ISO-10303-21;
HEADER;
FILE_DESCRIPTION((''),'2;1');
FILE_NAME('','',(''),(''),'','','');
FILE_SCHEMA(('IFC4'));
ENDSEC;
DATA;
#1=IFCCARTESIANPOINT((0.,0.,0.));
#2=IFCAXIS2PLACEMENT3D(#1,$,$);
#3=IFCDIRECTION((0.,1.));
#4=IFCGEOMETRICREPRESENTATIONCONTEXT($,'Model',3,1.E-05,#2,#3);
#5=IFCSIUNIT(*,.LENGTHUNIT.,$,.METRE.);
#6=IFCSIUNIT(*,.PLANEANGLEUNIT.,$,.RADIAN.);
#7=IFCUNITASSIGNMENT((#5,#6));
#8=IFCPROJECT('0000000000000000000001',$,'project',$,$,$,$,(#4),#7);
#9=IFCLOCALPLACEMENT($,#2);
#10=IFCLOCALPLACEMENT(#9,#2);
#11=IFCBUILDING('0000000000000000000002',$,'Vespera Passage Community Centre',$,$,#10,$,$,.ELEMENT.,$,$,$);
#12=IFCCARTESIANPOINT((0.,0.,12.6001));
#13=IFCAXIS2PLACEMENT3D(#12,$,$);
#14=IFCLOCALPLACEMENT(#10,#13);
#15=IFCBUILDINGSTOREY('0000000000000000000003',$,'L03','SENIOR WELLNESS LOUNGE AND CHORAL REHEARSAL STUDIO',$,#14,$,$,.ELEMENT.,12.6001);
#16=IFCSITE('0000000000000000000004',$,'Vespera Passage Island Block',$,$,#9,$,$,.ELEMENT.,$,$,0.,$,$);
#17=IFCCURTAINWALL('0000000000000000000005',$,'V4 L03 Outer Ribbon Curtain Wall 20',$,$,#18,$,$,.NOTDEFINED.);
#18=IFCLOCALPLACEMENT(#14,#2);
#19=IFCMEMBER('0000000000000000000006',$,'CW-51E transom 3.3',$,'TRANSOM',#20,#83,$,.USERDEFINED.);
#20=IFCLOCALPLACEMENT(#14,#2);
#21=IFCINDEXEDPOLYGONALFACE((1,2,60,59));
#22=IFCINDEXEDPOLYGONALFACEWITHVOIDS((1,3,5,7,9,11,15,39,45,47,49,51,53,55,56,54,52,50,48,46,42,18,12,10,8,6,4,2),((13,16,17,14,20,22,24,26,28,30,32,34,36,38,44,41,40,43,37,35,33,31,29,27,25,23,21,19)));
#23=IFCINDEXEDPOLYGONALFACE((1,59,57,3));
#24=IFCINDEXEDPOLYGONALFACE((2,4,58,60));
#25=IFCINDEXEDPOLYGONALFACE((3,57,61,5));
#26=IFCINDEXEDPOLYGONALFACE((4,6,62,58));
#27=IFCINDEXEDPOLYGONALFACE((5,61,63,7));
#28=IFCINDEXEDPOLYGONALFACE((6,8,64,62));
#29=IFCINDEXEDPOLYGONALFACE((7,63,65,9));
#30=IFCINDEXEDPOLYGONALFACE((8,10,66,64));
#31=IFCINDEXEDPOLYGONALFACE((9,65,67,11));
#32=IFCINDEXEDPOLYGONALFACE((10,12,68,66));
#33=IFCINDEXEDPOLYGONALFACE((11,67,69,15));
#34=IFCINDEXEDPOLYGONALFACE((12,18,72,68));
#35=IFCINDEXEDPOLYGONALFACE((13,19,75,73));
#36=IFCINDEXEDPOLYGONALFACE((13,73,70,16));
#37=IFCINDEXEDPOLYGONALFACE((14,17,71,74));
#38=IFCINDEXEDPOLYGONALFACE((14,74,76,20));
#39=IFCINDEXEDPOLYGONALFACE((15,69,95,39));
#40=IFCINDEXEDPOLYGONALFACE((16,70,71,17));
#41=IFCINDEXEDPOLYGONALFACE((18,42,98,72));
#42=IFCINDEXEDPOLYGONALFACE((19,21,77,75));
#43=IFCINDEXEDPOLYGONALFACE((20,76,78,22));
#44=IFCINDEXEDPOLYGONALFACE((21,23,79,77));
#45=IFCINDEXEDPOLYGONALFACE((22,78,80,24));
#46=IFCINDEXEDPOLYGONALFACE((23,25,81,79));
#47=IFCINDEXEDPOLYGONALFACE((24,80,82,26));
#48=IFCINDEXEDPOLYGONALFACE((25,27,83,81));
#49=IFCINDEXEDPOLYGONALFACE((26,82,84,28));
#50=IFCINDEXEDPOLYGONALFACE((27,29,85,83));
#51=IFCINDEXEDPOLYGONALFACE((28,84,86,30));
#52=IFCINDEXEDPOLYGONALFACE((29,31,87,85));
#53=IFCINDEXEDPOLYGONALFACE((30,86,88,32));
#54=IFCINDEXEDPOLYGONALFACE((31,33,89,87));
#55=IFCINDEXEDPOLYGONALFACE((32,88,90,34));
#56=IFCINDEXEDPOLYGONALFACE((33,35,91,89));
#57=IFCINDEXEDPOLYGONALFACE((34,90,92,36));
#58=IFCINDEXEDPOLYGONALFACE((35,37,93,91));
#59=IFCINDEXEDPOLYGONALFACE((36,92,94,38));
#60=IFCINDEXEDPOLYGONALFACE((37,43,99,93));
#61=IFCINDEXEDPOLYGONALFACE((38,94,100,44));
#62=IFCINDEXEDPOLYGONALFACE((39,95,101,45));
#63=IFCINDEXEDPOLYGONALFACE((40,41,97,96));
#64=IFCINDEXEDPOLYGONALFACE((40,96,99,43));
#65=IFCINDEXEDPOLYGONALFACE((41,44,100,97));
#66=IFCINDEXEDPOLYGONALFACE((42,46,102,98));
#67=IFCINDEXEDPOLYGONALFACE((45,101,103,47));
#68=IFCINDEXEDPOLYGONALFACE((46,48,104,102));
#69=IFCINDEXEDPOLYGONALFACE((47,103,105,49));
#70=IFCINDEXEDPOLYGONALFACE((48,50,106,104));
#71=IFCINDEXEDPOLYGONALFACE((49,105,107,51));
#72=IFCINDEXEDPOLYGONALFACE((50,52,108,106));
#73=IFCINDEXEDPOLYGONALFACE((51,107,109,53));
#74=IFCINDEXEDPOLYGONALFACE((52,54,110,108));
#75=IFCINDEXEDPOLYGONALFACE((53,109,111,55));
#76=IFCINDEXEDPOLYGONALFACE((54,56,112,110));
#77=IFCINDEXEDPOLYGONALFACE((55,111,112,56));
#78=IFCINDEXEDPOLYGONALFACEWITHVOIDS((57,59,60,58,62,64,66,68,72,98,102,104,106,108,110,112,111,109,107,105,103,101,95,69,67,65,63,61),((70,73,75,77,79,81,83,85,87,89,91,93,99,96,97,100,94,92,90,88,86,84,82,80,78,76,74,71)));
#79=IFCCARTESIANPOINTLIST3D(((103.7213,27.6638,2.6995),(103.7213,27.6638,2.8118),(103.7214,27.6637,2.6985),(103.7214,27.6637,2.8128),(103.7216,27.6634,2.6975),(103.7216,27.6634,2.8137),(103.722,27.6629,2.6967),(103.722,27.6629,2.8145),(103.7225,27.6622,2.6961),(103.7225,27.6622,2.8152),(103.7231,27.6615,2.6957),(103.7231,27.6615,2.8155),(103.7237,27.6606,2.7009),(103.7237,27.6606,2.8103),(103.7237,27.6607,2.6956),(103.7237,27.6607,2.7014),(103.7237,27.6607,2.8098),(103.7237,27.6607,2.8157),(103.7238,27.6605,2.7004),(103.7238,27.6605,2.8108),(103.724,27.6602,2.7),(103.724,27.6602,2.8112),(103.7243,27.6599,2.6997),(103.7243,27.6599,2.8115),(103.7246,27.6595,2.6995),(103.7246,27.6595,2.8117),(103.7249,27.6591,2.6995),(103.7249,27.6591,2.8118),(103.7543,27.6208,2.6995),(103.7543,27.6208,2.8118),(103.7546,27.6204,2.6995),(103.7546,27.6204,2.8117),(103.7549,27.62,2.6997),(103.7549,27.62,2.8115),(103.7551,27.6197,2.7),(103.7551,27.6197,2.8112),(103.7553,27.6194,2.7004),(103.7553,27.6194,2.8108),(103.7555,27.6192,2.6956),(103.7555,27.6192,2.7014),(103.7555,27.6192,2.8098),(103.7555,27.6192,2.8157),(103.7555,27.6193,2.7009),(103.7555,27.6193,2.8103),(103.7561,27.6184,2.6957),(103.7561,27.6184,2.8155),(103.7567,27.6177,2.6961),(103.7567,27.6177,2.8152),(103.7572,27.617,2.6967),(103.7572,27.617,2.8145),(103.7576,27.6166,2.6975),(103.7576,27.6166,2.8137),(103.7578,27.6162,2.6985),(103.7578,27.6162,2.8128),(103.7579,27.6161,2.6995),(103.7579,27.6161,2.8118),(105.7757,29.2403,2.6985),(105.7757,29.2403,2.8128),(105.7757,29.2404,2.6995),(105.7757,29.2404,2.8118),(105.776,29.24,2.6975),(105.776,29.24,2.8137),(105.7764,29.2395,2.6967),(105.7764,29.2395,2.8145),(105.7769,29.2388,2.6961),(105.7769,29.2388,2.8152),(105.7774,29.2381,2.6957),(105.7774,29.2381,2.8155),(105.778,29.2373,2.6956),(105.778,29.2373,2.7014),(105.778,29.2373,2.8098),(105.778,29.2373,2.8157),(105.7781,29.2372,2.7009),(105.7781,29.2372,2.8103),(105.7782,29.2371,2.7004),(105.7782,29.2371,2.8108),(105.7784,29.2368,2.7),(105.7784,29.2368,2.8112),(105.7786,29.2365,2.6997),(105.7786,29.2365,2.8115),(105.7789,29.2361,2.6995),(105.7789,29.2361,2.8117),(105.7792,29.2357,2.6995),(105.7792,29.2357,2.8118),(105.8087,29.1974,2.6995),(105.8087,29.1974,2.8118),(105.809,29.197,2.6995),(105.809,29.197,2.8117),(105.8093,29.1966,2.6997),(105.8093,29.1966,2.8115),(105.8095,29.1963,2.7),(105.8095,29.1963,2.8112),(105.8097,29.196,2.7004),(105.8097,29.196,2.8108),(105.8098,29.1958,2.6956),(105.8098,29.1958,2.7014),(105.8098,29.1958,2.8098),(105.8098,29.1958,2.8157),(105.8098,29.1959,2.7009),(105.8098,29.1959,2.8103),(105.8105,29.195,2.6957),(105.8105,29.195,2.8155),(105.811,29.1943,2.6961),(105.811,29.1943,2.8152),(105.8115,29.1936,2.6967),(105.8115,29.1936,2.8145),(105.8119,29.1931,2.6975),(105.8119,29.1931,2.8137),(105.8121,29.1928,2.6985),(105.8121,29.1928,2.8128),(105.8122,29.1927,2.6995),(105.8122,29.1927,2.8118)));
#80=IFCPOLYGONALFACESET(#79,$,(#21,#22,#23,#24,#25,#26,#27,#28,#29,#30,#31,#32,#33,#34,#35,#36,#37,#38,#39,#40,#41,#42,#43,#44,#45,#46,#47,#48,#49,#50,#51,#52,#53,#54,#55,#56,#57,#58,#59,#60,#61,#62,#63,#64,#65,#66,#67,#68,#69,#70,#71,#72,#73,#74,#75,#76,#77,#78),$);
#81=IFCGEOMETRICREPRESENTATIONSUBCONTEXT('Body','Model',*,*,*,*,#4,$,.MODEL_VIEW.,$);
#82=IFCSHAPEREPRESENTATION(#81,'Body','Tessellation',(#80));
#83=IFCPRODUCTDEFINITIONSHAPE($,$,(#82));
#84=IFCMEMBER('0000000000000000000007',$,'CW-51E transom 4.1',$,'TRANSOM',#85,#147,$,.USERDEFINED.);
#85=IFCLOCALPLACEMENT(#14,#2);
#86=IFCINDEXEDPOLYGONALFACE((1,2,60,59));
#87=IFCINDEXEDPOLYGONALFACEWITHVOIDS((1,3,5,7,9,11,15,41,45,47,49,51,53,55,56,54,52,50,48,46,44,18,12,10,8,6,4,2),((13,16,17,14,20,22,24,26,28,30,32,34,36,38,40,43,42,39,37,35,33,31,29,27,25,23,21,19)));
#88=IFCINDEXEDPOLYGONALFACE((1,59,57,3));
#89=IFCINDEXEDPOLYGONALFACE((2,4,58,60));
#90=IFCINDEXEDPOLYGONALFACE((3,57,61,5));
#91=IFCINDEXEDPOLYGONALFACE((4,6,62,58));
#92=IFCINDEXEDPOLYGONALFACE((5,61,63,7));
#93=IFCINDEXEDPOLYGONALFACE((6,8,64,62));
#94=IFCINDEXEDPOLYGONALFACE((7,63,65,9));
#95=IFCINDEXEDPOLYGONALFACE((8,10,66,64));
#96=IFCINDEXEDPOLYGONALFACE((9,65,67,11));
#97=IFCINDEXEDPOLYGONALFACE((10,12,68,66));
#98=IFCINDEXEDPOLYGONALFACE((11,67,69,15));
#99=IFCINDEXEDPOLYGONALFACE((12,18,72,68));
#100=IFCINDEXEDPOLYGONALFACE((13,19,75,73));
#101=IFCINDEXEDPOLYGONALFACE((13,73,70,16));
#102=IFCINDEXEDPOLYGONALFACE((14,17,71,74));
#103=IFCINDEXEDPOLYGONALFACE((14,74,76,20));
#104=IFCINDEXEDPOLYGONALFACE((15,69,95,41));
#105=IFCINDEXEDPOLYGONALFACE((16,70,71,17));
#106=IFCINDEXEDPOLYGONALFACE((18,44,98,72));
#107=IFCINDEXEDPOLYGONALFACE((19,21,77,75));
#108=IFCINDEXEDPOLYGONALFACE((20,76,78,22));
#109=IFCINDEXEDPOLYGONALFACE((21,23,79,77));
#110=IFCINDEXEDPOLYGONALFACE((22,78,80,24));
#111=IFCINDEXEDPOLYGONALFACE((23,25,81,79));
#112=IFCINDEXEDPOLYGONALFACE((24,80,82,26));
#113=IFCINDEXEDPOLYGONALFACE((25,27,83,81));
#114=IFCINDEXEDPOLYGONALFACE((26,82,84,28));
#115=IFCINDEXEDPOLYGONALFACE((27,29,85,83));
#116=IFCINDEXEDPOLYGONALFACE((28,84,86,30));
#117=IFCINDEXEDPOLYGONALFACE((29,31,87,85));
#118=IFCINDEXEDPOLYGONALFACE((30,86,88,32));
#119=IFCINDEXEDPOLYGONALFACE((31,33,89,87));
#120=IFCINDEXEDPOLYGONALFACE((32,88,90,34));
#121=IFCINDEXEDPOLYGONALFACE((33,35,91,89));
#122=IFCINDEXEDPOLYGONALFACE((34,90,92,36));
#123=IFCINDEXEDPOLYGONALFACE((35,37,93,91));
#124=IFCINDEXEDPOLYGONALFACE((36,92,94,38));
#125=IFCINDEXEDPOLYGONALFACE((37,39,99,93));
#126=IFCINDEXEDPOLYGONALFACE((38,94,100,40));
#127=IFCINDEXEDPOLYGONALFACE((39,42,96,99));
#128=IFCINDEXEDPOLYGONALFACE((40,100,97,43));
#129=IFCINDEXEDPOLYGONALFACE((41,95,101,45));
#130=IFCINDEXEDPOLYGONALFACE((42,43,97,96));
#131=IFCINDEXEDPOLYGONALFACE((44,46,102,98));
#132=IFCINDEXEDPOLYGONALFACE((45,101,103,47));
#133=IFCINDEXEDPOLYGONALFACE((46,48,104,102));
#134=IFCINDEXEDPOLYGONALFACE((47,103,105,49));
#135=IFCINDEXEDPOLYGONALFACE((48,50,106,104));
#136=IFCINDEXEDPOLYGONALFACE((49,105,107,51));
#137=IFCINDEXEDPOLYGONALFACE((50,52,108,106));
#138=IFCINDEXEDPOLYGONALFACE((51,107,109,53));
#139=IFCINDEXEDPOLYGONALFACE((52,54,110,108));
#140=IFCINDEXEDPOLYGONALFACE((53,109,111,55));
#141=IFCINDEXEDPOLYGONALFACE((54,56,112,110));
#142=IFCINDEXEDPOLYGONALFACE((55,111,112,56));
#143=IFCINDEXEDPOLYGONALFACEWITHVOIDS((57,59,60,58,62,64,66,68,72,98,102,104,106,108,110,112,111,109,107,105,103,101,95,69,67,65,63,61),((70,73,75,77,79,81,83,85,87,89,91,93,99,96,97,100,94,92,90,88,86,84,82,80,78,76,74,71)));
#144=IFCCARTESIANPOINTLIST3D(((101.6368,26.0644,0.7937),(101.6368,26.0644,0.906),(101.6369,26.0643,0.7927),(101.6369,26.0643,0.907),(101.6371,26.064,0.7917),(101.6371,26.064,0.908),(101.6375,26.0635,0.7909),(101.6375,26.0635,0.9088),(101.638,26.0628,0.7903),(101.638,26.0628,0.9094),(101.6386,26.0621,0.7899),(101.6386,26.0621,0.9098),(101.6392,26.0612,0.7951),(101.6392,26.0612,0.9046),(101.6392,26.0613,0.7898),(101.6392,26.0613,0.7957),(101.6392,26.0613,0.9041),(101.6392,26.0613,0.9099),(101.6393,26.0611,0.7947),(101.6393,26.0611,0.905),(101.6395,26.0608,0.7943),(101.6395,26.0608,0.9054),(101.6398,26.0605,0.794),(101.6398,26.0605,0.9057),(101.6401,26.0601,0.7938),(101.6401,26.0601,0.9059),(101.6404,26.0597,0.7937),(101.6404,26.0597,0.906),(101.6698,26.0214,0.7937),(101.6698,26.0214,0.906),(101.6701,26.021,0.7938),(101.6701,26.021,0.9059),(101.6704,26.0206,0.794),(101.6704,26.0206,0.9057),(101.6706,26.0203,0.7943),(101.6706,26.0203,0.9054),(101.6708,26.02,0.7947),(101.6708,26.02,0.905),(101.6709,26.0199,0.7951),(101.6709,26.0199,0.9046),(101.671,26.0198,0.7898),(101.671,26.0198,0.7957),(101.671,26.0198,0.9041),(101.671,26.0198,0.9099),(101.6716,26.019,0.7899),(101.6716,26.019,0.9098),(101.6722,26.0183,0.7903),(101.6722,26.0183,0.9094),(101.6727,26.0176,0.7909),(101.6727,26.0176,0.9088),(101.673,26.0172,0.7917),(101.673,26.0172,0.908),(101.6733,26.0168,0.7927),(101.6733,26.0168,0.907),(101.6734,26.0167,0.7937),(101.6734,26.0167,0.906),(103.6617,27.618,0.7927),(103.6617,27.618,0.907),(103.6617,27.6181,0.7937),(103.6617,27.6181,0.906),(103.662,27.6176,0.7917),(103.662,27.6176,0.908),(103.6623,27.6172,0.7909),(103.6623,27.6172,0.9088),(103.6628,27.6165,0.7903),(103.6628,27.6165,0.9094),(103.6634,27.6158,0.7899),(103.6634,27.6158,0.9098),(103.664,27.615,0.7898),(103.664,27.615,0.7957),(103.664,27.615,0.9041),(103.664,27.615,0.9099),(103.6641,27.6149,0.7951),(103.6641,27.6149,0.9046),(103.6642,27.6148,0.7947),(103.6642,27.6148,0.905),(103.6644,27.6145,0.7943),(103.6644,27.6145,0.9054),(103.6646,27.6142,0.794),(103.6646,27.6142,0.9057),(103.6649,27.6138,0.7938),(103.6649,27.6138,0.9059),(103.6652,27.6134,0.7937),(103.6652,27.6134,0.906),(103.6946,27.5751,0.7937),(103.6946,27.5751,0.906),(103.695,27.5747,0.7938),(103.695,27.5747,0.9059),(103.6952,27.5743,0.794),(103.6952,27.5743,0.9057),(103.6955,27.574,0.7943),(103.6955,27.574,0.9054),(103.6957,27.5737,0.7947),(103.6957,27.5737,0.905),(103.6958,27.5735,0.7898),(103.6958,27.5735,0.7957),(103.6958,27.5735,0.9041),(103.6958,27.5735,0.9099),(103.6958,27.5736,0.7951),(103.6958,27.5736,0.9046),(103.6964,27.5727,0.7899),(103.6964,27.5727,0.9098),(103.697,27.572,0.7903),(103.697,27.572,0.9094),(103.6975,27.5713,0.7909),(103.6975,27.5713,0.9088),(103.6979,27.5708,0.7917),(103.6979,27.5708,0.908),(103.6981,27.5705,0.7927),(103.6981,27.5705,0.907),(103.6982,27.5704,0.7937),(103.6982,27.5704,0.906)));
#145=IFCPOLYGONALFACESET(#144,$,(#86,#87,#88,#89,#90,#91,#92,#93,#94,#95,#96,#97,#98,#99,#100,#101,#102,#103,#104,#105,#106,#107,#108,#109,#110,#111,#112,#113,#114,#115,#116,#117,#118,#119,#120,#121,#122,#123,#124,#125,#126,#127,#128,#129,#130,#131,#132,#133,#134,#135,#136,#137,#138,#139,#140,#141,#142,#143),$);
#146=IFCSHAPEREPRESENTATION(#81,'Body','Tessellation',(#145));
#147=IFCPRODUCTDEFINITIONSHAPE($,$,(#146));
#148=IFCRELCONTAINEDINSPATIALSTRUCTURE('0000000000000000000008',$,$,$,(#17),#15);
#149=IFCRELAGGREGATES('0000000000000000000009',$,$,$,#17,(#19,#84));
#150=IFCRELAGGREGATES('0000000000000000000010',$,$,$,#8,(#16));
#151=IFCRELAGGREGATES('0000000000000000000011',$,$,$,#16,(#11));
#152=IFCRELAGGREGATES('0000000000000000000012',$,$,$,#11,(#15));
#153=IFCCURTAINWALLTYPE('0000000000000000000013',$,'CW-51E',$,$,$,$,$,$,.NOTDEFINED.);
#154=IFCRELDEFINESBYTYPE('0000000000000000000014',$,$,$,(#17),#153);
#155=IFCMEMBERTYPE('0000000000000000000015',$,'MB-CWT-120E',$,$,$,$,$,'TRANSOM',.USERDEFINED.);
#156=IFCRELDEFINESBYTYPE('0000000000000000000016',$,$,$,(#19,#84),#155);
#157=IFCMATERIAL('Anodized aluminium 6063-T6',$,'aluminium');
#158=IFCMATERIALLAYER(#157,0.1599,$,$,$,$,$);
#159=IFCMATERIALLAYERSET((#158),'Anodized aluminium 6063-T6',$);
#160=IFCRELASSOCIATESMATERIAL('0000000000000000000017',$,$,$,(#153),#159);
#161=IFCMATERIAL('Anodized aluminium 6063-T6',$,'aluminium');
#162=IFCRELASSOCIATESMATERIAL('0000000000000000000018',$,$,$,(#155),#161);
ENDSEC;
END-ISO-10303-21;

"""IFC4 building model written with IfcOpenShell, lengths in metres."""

from ifc_helpers import new_model, si_unit, direction, frame, origin, origin_2d, place, context, subcontext, project, spatial, hollow_rectangle, extrude, material, layer, layer_set, material_profile, profile_set, type_object, element, aggregate, save


model = new_model("IFC4")

# Units and contexts
model_context = context("Model", 3, precision=1e-05, world=origin(), true_north=direction((0.0, 1.0)))
body_context = subcontext(model_context, "Body", "Model", "MODEL_VIEW")
ifc_project = project(units=[si_unit("LENGTHUNIT", "METRE"), si_unit("PLANEANGLEUNIT", "RADIAN")], contexts=[model_context])

# Site, building, storey
site_placement = place(None, origin())
site = spatial("IfcSite", under=ifc_project, at=site_placement, Name="Vespera Passage Island Block", CompositionType="ELEMENT", RefElevation=0.0)
building_placement = place(site_placement, origin())
building = spatial("IfcBuilding", under=site, at=building_placement, Name="Vespera Passage Community Centre", CompositionType="ELEMENT")
storey_placement = place(building_placement, frame((0.0, 0.0, 12.6001)))
storey = spatial("IfcBuildingStorey", under=building, at=storey_placement, Name="L03", Description="SENIOR WELLNESS LOUNGE AND CHORAL REHEARSAL STUDIO", CompositionType="ELEMENT", Elevation=12.6001)

# Curtain wall, members
ifc_material_1 = material(Name="Anodized aluminium 6063-T6", Category="aluminium")
ifc_layer_1 = layer(ifc_material_1, 0.1599)
ifc_layer_set_1 = layer_set([ifc_layer_1], Name="Anodized aluminium 6063-T6")
curtain_wall_type = type_object("IfcCurtainWallType", Name="CW-51E", PredefinedType="NOTDEFINED", material=ifc_layer_set_1)
curtain_wall_placement = place(storey_placement, origin())
curtain_wall = element("IfcCurtainWall", 1, at=curtain_wall_placement, inside=storey, type_object=curtain_wall_type, Name="V4 L03 Outer Ribbon Curtain Wall 20", PredefinedType="NOTDEFINED")
ifc_material_2 = material(Name="Anodized aluminium 6063-T6", Category="aluminium")
ifc_material_profile_1 = material_profile(ifc_material_2, hollow_rectangle(XDim=0.0601, YDim=0.1201, WallThickness=0.0039, InnerFilletRadius=0.002, OuterFilletRadius=0.0039, at=origin_2d()), Name="ALU120X60X4")
ifc_profile_set_1 = profile_set([ifc_material_profile_1], Name="Anodized aluminium 6063-T6")
member_type_1 = type_object("IfcMemberType", Name="MB-CWT-120E", ElementType="TRANSOM", PredefinedType="USERDEFINED", material=ifc_profile_set_1)
member_1_placement = place(storey_placement, frame((105.7939, 29.2166, 2.7556), z_axis=(-0.79331, -0.608817, 0.0), x_axis=(0.608817, -0.79331, 0.0)))
member_1 = element("IfcMember", 2, at=member_1_placement, type_object=member_type_1, Name="CW-51E transom 3.3", ObjectType="TRANSOM", PredefinedType="USERDEFINED", context=body_context, shape_type="SweptSolid", body=[
    extrude(hollow_rectangle(XDim=0.0601, YDim=0.1201, WallThickness=0.0039, InnerFilletRadius=0.002, OuterFilletRadius=0.0039, at=origin_2d()), origin(), (0.0, 0.0, 1.0), 2.5896),
])
member_2_placement = place(storey_placement, frame((103.6799, 27.5942, 0.8499), z_axis=(-0.793363, -0.608749, 0.0), x_axis=(0.608749, -0.793363, 0.0)))
member_2 = element("IfcMember", 3, at=member_2_placement, type_object=member_type_1, Name="CW-51E transom 4.1", ObjectType="TRANSOM", PredefinedType="USERDEFINED", context=body_context, shape_type="SweptSolid", body=[
    extrude(hollow_rectangle(XDim=0.0601, YDim=0.1201, WallThickness=0.0039, InnerFilletRadius=0.002, OuterFilletRadius=0.0039, at=origin_2d()), origin(), (0.0, 0.0, 1.0), 2.5522),
])
aggregate(curtain_wall, [member_1, member_2])

save(model, "model.ifc")
